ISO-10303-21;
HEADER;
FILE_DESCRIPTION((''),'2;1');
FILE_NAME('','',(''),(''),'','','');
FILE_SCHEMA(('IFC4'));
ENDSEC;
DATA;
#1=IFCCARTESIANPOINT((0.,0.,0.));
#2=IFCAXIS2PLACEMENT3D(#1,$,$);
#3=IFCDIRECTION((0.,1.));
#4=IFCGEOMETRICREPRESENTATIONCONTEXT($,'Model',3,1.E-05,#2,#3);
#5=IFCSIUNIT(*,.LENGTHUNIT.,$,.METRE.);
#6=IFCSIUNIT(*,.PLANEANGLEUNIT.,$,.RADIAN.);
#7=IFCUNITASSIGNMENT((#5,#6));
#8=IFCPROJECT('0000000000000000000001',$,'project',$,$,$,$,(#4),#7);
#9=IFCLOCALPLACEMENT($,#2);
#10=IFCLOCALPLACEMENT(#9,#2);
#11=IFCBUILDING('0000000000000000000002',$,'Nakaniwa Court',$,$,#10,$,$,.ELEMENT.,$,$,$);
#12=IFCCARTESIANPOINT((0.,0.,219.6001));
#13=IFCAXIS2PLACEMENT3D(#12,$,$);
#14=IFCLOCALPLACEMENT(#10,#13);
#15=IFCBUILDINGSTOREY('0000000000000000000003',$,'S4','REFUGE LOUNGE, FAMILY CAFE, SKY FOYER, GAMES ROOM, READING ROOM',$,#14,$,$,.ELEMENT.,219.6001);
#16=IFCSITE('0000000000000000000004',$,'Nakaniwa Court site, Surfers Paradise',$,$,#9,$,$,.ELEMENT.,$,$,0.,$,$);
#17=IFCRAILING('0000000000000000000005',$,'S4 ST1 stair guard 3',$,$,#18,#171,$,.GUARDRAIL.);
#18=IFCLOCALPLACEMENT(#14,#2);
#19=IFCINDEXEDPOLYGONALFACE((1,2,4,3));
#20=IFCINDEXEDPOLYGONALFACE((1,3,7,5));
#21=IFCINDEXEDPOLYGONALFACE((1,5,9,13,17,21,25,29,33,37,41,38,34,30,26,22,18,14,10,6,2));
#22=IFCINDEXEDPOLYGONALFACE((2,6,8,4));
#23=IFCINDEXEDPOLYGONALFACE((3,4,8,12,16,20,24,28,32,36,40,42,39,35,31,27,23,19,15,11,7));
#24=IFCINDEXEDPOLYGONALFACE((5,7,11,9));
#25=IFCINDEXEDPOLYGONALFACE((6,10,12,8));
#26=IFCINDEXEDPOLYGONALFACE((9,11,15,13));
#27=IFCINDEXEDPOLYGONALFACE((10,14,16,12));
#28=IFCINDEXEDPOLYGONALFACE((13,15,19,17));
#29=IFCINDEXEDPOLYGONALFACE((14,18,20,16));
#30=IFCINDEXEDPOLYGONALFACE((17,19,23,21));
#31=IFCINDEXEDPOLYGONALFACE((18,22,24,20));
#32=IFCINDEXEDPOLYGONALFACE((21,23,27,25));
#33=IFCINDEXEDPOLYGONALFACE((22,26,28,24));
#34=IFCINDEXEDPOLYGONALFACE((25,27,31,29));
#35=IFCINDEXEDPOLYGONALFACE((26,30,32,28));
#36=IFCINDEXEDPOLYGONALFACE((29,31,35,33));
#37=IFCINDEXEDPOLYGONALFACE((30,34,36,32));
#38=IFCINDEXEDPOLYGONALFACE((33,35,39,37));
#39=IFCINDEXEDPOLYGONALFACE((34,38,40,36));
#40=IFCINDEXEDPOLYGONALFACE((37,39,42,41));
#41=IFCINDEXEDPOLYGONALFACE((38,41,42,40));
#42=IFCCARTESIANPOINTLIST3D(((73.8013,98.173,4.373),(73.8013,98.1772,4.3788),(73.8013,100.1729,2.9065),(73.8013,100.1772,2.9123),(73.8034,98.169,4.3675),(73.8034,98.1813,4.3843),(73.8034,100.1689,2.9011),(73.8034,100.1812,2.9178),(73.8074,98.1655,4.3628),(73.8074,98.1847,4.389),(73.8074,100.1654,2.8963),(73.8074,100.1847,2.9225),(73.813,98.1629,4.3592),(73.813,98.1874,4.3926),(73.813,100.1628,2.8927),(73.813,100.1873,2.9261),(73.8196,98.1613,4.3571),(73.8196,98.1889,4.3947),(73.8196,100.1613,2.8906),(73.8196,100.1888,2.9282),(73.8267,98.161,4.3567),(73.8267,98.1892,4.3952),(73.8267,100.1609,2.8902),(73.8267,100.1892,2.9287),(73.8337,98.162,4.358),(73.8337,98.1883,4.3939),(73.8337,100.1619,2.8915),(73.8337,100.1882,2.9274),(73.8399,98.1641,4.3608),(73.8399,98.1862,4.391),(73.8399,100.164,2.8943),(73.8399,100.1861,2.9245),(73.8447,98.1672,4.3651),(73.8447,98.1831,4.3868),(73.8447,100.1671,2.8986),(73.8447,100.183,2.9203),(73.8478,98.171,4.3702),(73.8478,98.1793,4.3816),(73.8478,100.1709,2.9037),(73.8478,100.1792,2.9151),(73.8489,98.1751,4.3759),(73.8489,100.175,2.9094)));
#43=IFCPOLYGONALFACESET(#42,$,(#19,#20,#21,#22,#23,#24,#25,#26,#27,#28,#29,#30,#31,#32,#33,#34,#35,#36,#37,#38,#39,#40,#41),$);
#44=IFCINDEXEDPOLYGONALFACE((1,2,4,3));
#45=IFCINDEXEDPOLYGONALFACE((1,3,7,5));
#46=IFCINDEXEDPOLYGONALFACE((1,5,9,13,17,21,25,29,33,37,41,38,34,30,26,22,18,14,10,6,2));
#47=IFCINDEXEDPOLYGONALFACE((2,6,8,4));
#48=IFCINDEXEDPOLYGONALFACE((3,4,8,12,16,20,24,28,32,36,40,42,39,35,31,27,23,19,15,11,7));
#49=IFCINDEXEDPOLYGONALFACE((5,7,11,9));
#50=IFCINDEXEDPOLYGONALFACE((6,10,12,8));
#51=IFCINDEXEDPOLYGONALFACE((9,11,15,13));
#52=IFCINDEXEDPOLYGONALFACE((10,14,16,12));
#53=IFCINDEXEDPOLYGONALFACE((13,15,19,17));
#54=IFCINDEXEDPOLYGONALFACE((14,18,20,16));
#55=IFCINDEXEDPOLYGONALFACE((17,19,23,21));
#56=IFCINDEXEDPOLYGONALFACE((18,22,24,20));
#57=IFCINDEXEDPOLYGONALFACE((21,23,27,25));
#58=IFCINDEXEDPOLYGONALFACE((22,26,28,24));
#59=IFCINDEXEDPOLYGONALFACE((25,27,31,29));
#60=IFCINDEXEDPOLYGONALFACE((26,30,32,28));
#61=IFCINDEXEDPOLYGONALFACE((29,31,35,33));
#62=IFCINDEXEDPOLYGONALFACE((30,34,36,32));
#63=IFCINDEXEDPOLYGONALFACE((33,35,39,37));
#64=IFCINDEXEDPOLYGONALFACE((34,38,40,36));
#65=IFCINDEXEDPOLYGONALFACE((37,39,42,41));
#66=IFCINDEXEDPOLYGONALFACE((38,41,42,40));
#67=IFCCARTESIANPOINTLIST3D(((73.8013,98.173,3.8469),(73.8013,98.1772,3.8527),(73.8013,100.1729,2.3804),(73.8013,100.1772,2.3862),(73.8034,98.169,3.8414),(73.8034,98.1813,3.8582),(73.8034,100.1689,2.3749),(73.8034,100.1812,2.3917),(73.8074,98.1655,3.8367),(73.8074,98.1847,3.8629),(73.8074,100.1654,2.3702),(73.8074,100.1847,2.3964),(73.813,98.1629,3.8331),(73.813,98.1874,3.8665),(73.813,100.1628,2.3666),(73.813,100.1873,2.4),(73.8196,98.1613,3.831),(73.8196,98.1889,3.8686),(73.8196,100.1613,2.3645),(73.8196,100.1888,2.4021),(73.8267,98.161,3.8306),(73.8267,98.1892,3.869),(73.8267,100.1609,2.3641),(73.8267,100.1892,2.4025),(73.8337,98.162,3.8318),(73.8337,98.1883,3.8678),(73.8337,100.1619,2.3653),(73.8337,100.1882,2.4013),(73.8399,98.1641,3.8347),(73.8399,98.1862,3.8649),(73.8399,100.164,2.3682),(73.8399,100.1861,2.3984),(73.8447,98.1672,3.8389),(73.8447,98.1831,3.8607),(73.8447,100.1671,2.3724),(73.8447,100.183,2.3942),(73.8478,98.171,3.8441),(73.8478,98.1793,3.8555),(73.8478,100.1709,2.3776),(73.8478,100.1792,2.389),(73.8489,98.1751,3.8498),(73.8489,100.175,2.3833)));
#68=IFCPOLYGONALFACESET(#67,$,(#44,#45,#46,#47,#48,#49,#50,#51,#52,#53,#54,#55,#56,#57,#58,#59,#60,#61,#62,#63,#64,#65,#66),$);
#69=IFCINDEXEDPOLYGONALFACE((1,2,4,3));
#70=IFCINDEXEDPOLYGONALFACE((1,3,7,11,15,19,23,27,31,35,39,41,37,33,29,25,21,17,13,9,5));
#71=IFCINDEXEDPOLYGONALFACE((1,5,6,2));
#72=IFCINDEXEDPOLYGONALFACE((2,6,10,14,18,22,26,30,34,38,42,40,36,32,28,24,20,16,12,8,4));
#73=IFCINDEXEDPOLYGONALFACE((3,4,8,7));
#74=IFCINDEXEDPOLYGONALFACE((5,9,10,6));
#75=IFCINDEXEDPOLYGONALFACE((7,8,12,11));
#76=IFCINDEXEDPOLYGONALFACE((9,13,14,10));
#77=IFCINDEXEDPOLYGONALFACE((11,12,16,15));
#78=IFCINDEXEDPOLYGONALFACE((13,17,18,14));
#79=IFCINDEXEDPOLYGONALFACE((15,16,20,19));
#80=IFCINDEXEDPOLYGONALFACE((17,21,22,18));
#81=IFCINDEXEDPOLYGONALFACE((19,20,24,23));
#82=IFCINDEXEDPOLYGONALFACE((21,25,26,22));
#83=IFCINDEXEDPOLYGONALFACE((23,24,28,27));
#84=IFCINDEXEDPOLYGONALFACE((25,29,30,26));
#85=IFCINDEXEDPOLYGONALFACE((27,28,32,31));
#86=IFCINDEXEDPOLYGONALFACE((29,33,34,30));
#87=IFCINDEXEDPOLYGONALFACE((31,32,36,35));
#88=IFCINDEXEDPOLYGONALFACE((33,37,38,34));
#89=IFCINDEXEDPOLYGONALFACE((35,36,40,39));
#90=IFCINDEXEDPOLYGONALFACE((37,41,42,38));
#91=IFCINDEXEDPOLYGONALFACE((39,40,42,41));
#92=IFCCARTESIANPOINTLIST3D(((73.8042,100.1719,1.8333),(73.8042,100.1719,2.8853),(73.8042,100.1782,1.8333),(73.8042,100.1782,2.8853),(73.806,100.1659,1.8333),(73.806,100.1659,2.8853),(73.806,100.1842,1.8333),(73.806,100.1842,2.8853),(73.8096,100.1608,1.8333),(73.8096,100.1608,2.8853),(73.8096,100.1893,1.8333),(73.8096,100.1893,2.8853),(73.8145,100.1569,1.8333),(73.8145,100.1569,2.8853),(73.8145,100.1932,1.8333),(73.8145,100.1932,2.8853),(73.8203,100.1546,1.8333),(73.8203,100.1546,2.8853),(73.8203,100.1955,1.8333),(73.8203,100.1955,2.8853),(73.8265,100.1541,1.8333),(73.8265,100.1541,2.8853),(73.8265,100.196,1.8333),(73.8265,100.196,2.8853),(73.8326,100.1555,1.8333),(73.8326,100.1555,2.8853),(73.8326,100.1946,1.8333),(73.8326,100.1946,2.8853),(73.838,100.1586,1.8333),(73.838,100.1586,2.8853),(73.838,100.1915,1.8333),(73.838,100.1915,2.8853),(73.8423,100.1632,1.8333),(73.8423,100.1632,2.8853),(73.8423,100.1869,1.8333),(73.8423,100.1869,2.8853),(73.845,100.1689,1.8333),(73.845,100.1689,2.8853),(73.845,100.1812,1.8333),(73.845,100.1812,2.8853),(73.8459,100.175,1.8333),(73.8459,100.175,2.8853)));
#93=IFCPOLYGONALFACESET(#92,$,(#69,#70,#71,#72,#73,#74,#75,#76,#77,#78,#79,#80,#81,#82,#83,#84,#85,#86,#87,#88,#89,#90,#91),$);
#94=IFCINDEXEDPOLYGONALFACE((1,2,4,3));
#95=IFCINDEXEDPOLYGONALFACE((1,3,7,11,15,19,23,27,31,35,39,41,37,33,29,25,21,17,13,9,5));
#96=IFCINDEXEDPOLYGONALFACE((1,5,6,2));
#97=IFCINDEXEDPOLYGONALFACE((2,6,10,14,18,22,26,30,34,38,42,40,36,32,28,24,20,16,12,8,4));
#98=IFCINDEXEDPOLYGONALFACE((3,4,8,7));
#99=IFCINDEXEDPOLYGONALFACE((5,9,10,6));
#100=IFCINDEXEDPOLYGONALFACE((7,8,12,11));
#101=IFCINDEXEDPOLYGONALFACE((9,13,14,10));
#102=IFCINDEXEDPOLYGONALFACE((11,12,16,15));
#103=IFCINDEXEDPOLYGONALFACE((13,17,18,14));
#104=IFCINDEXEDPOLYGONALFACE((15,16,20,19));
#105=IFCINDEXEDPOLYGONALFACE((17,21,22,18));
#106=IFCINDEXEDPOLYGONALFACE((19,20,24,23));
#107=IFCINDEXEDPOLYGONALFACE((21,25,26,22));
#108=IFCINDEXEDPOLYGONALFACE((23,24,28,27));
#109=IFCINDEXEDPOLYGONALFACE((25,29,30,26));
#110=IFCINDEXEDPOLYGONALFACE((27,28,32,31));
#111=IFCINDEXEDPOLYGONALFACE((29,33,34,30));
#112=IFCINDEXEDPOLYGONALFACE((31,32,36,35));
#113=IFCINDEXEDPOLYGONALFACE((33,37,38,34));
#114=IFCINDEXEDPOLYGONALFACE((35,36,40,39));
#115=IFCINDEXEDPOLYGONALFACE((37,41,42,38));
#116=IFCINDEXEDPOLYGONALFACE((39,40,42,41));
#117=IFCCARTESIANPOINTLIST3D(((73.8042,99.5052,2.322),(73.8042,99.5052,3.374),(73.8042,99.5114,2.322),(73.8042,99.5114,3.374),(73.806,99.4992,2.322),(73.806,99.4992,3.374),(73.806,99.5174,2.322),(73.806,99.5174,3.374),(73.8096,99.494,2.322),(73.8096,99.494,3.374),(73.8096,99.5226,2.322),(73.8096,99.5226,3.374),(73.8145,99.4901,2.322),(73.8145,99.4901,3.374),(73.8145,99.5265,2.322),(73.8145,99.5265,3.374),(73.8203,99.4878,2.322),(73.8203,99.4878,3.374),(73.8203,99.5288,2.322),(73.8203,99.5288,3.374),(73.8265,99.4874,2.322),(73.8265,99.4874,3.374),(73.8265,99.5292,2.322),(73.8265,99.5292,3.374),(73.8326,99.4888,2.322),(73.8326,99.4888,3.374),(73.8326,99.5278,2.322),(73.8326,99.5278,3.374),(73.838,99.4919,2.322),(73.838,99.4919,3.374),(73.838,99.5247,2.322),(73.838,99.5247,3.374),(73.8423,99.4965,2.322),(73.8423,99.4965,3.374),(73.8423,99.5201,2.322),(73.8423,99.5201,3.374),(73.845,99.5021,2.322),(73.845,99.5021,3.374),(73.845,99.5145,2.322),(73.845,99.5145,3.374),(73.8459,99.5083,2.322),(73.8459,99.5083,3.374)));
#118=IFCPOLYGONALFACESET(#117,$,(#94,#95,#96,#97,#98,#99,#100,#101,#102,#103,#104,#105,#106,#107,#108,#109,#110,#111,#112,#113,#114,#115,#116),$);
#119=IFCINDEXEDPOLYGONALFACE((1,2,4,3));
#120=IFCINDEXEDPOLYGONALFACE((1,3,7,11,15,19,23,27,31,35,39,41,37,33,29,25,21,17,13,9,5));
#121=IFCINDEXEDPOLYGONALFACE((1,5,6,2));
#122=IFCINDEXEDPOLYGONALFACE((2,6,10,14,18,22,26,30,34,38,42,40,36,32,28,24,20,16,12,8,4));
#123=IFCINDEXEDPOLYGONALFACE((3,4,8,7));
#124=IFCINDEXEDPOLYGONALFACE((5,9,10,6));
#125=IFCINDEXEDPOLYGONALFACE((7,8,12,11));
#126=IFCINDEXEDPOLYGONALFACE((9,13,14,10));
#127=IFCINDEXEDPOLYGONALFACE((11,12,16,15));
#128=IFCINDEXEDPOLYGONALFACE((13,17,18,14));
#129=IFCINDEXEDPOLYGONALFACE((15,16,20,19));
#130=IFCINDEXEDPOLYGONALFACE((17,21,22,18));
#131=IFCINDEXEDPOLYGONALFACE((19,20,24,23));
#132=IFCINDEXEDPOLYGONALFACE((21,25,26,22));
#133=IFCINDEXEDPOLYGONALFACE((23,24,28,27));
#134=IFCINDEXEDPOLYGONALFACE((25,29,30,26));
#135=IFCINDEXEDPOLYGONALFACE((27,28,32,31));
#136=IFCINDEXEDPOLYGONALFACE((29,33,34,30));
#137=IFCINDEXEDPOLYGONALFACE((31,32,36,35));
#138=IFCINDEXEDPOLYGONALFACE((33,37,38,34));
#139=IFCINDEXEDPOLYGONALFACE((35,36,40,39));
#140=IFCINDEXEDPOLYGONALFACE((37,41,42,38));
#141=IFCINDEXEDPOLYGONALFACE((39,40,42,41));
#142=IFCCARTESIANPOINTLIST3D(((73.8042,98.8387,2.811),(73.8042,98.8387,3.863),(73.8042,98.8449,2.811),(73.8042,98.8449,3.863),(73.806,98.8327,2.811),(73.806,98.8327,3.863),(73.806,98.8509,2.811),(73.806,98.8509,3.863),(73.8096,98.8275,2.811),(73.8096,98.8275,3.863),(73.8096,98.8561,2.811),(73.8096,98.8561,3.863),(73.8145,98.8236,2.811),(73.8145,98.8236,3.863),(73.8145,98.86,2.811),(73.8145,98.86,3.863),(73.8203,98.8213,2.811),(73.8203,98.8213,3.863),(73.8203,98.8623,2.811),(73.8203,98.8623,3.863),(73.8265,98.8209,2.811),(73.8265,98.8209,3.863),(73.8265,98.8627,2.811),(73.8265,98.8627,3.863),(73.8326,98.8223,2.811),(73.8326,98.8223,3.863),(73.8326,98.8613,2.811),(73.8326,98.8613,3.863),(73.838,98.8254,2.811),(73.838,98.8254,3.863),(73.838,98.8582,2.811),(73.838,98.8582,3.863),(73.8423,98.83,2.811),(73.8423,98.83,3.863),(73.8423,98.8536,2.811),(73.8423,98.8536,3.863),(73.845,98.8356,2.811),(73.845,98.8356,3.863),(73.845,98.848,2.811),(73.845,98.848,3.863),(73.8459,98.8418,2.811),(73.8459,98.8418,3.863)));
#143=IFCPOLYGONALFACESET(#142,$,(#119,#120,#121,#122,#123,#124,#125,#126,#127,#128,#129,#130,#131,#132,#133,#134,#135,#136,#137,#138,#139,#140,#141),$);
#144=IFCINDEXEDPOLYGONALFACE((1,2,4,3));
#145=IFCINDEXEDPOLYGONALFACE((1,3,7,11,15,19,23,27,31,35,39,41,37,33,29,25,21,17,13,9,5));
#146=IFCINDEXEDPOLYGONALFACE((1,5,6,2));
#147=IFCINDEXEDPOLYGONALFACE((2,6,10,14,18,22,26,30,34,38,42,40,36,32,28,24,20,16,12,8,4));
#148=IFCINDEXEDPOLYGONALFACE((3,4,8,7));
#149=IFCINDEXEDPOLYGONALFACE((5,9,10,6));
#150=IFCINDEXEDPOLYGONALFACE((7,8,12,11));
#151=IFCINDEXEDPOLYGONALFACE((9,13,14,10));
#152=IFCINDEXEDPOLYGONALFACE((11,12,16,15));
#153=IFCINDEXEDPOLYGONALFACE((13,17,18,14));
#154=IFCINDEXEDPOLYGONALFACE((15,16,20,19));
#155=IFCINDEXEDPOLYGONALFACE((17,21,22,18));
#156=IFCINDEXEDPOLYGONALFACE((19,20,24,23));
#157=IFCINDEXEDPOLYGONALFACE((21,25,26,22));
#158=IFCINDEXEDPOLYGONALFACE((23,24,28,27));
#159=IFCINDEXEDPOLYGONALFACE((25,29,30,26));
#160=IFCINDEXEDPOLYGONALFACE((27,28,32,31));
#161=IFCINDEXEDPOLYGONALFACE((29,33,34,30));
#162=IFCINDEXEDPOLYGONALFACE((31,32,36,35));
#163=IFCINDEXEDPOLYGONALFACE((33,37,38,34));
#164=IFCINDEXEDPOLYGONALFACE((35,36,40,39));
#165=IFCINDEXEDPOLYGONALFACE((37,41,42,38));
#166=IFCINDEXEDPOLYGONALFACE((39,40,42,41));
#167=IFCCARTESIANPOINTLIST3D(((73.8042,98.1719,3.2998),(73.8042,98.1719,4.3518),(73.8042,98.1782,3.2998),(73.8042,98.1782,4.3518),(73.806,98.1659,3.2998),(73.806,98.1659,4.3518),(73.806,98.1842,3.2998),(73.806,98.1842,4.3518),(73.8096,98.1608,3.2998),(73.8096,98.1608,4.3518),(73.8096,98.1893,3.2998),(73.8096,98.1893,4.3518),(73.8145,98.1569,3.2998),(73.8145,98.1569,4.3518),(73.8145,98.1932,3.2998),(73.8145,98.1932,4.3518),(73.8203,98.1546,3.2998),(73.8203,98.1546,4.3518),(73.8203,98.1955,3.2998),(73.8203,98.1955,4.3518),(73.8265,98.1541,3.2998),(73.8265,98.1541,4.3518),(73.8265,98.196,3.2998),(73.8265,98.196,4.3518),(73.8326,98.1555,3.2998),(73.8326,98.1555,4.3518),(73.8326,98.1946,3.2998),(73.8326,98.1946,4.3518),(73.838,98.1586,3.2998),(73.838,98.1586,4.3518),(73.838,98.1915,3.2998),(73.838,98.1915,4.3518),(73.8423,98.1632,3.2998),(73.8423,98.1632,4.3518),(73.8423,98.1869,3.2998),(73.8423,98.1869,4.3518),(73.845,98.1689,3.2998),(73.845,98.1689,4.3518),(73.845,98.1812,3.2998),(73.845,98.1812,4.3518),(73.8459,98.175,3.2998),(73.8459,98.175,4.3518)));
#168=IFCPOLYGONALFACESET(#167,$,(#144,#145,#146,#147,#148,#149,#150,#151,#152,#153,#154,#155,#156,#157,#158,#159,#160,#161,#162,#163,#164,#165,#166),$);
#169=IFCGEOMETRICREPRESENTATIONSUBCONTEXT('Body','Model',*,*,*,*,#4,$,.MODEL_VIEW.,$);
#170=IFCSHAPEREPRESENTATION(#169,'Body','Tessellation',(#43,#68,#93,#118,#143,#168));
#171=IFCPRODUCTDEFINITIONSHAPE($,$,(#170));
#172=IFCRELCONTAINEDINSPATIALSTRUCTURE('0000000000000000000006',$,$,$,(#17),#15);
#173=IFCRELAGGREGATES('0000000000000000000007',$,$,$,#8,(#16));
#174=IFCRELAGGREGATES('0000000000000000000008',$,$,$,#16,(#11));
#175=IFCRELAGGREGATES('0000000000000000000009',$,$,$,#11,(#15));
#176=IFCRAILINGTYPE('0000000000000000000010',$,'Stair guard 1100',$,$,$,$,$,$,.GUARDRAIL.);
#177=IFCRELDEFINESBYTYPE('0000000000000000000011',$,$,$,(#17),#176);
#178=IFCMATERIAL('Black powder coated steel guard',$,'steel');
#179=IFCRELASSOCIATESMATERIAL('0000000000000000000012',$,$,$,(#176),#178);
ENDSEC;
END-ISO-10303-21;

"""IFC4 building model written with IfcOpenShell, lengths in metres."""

from ifc_helpers import new_model, si_unit, direction, frame, origin, origin_2d, place, context, subcontext, project, spatial, circle, extrude, material, type_object, element, save


model = new_model("IFC4")

# Units and contexts
model_context = context("Model", 3, precision=1e-05, world=origin(), true_north=direction((0.0, 1.0)))
body_context = subcontext(model_context, "Body", "Model", "MODEL_VIEW")
ifc_project = project(units=[si_unit("LENGTHUNIT", "METRE"), si_unit("PLANEANGLEUNIT", "RADIAN")], contexts=[model_context])

# Site, building, storey
site_placement = place(None, origin())
site = spatial("IfcSite", under=ifc_project, at=site_placement, Name="Nakaniwa Court site, Surfers Paradise", CompositionType="ELEMENT", RefElevation=0.0)
building_placement = place(site_placement, origin())
building = spatial("IfcBuilding", under=site, at=building_placement, Name="Nakaniwa Court", CompositionType="ELEMENT")
storey_placement = place(building_placement, frame((0.0, 0.0, 219.6001)))
storey = spatial("IfcBuildingStorey", under=building, at=storey_placement, Name="S4", Description="REFUGE LOUNGE, FAMILY CAFE, SKY FOYER, GAMES ROOM, READING ROOM", CompositionType="ELEMENT", Elevation=219.6001)

# Railing
ifc_material_1 = material(Name="Black powder coated steel guard", Category="steel")
railing_type_1 = type_object("IfcRailingType", Name="Stair guard 1100", PredefinedType="GUARDRAIL", material=ifc_material_1)
railing_1_placement = place(storey_placement, frame((73.825, 100.175, 1.8333)))
element("IfcRailing", 1, at=railing_1_placement, inside=storey, type_object=railing_type_1, Name="S4 ST1 stair guard 3", PredefinedType="GUARDRAIL", context=body_context, shape_type="SweptSolid", body=[
    extrude(circle(Radius=0.0239, at=origin_2d()), frame((0.0, 0.0, 1.0762), z_axis=(0.0, -0.806427, 0.591334), x_axis=(1.0, 0.0, 0.0)), (0.0, 0.0, 1.0), 2.48),
    extrude(circle(Radius=0.0239, at=origin_2d()), frame((0.0, 0.0, 0.55), z_axis=(0.0, -0.806427, 0.591334), x_axis=(1.0, 0.0, 0.0)), (0.0, 0.0, 1.0), 2.48),
    extrude(circle(Radius=0.021, at=origin_2d()), origin(), (0.0, 0.0, 1.0), 1.052),
    extrude(circle(Radius=0.021, at=origin_2d()), frame((0.0, -0.6667, 0.4888)), (0.0, 0.0, 1.0), 1.052),
    extrude(circle(Radius=0.021, at=origin_2d()), frame((0.0, -1.3333, 0.9778)), (0.0, 0.0, 1.0), 1.052),
    extrude(circle(Radius=0.021, at=origin_2d()), frame((0.0, -2.0, 1.4666)), (0.0, 0.0, 1.0), 1.052),
])

save(model, "model.ifc")
